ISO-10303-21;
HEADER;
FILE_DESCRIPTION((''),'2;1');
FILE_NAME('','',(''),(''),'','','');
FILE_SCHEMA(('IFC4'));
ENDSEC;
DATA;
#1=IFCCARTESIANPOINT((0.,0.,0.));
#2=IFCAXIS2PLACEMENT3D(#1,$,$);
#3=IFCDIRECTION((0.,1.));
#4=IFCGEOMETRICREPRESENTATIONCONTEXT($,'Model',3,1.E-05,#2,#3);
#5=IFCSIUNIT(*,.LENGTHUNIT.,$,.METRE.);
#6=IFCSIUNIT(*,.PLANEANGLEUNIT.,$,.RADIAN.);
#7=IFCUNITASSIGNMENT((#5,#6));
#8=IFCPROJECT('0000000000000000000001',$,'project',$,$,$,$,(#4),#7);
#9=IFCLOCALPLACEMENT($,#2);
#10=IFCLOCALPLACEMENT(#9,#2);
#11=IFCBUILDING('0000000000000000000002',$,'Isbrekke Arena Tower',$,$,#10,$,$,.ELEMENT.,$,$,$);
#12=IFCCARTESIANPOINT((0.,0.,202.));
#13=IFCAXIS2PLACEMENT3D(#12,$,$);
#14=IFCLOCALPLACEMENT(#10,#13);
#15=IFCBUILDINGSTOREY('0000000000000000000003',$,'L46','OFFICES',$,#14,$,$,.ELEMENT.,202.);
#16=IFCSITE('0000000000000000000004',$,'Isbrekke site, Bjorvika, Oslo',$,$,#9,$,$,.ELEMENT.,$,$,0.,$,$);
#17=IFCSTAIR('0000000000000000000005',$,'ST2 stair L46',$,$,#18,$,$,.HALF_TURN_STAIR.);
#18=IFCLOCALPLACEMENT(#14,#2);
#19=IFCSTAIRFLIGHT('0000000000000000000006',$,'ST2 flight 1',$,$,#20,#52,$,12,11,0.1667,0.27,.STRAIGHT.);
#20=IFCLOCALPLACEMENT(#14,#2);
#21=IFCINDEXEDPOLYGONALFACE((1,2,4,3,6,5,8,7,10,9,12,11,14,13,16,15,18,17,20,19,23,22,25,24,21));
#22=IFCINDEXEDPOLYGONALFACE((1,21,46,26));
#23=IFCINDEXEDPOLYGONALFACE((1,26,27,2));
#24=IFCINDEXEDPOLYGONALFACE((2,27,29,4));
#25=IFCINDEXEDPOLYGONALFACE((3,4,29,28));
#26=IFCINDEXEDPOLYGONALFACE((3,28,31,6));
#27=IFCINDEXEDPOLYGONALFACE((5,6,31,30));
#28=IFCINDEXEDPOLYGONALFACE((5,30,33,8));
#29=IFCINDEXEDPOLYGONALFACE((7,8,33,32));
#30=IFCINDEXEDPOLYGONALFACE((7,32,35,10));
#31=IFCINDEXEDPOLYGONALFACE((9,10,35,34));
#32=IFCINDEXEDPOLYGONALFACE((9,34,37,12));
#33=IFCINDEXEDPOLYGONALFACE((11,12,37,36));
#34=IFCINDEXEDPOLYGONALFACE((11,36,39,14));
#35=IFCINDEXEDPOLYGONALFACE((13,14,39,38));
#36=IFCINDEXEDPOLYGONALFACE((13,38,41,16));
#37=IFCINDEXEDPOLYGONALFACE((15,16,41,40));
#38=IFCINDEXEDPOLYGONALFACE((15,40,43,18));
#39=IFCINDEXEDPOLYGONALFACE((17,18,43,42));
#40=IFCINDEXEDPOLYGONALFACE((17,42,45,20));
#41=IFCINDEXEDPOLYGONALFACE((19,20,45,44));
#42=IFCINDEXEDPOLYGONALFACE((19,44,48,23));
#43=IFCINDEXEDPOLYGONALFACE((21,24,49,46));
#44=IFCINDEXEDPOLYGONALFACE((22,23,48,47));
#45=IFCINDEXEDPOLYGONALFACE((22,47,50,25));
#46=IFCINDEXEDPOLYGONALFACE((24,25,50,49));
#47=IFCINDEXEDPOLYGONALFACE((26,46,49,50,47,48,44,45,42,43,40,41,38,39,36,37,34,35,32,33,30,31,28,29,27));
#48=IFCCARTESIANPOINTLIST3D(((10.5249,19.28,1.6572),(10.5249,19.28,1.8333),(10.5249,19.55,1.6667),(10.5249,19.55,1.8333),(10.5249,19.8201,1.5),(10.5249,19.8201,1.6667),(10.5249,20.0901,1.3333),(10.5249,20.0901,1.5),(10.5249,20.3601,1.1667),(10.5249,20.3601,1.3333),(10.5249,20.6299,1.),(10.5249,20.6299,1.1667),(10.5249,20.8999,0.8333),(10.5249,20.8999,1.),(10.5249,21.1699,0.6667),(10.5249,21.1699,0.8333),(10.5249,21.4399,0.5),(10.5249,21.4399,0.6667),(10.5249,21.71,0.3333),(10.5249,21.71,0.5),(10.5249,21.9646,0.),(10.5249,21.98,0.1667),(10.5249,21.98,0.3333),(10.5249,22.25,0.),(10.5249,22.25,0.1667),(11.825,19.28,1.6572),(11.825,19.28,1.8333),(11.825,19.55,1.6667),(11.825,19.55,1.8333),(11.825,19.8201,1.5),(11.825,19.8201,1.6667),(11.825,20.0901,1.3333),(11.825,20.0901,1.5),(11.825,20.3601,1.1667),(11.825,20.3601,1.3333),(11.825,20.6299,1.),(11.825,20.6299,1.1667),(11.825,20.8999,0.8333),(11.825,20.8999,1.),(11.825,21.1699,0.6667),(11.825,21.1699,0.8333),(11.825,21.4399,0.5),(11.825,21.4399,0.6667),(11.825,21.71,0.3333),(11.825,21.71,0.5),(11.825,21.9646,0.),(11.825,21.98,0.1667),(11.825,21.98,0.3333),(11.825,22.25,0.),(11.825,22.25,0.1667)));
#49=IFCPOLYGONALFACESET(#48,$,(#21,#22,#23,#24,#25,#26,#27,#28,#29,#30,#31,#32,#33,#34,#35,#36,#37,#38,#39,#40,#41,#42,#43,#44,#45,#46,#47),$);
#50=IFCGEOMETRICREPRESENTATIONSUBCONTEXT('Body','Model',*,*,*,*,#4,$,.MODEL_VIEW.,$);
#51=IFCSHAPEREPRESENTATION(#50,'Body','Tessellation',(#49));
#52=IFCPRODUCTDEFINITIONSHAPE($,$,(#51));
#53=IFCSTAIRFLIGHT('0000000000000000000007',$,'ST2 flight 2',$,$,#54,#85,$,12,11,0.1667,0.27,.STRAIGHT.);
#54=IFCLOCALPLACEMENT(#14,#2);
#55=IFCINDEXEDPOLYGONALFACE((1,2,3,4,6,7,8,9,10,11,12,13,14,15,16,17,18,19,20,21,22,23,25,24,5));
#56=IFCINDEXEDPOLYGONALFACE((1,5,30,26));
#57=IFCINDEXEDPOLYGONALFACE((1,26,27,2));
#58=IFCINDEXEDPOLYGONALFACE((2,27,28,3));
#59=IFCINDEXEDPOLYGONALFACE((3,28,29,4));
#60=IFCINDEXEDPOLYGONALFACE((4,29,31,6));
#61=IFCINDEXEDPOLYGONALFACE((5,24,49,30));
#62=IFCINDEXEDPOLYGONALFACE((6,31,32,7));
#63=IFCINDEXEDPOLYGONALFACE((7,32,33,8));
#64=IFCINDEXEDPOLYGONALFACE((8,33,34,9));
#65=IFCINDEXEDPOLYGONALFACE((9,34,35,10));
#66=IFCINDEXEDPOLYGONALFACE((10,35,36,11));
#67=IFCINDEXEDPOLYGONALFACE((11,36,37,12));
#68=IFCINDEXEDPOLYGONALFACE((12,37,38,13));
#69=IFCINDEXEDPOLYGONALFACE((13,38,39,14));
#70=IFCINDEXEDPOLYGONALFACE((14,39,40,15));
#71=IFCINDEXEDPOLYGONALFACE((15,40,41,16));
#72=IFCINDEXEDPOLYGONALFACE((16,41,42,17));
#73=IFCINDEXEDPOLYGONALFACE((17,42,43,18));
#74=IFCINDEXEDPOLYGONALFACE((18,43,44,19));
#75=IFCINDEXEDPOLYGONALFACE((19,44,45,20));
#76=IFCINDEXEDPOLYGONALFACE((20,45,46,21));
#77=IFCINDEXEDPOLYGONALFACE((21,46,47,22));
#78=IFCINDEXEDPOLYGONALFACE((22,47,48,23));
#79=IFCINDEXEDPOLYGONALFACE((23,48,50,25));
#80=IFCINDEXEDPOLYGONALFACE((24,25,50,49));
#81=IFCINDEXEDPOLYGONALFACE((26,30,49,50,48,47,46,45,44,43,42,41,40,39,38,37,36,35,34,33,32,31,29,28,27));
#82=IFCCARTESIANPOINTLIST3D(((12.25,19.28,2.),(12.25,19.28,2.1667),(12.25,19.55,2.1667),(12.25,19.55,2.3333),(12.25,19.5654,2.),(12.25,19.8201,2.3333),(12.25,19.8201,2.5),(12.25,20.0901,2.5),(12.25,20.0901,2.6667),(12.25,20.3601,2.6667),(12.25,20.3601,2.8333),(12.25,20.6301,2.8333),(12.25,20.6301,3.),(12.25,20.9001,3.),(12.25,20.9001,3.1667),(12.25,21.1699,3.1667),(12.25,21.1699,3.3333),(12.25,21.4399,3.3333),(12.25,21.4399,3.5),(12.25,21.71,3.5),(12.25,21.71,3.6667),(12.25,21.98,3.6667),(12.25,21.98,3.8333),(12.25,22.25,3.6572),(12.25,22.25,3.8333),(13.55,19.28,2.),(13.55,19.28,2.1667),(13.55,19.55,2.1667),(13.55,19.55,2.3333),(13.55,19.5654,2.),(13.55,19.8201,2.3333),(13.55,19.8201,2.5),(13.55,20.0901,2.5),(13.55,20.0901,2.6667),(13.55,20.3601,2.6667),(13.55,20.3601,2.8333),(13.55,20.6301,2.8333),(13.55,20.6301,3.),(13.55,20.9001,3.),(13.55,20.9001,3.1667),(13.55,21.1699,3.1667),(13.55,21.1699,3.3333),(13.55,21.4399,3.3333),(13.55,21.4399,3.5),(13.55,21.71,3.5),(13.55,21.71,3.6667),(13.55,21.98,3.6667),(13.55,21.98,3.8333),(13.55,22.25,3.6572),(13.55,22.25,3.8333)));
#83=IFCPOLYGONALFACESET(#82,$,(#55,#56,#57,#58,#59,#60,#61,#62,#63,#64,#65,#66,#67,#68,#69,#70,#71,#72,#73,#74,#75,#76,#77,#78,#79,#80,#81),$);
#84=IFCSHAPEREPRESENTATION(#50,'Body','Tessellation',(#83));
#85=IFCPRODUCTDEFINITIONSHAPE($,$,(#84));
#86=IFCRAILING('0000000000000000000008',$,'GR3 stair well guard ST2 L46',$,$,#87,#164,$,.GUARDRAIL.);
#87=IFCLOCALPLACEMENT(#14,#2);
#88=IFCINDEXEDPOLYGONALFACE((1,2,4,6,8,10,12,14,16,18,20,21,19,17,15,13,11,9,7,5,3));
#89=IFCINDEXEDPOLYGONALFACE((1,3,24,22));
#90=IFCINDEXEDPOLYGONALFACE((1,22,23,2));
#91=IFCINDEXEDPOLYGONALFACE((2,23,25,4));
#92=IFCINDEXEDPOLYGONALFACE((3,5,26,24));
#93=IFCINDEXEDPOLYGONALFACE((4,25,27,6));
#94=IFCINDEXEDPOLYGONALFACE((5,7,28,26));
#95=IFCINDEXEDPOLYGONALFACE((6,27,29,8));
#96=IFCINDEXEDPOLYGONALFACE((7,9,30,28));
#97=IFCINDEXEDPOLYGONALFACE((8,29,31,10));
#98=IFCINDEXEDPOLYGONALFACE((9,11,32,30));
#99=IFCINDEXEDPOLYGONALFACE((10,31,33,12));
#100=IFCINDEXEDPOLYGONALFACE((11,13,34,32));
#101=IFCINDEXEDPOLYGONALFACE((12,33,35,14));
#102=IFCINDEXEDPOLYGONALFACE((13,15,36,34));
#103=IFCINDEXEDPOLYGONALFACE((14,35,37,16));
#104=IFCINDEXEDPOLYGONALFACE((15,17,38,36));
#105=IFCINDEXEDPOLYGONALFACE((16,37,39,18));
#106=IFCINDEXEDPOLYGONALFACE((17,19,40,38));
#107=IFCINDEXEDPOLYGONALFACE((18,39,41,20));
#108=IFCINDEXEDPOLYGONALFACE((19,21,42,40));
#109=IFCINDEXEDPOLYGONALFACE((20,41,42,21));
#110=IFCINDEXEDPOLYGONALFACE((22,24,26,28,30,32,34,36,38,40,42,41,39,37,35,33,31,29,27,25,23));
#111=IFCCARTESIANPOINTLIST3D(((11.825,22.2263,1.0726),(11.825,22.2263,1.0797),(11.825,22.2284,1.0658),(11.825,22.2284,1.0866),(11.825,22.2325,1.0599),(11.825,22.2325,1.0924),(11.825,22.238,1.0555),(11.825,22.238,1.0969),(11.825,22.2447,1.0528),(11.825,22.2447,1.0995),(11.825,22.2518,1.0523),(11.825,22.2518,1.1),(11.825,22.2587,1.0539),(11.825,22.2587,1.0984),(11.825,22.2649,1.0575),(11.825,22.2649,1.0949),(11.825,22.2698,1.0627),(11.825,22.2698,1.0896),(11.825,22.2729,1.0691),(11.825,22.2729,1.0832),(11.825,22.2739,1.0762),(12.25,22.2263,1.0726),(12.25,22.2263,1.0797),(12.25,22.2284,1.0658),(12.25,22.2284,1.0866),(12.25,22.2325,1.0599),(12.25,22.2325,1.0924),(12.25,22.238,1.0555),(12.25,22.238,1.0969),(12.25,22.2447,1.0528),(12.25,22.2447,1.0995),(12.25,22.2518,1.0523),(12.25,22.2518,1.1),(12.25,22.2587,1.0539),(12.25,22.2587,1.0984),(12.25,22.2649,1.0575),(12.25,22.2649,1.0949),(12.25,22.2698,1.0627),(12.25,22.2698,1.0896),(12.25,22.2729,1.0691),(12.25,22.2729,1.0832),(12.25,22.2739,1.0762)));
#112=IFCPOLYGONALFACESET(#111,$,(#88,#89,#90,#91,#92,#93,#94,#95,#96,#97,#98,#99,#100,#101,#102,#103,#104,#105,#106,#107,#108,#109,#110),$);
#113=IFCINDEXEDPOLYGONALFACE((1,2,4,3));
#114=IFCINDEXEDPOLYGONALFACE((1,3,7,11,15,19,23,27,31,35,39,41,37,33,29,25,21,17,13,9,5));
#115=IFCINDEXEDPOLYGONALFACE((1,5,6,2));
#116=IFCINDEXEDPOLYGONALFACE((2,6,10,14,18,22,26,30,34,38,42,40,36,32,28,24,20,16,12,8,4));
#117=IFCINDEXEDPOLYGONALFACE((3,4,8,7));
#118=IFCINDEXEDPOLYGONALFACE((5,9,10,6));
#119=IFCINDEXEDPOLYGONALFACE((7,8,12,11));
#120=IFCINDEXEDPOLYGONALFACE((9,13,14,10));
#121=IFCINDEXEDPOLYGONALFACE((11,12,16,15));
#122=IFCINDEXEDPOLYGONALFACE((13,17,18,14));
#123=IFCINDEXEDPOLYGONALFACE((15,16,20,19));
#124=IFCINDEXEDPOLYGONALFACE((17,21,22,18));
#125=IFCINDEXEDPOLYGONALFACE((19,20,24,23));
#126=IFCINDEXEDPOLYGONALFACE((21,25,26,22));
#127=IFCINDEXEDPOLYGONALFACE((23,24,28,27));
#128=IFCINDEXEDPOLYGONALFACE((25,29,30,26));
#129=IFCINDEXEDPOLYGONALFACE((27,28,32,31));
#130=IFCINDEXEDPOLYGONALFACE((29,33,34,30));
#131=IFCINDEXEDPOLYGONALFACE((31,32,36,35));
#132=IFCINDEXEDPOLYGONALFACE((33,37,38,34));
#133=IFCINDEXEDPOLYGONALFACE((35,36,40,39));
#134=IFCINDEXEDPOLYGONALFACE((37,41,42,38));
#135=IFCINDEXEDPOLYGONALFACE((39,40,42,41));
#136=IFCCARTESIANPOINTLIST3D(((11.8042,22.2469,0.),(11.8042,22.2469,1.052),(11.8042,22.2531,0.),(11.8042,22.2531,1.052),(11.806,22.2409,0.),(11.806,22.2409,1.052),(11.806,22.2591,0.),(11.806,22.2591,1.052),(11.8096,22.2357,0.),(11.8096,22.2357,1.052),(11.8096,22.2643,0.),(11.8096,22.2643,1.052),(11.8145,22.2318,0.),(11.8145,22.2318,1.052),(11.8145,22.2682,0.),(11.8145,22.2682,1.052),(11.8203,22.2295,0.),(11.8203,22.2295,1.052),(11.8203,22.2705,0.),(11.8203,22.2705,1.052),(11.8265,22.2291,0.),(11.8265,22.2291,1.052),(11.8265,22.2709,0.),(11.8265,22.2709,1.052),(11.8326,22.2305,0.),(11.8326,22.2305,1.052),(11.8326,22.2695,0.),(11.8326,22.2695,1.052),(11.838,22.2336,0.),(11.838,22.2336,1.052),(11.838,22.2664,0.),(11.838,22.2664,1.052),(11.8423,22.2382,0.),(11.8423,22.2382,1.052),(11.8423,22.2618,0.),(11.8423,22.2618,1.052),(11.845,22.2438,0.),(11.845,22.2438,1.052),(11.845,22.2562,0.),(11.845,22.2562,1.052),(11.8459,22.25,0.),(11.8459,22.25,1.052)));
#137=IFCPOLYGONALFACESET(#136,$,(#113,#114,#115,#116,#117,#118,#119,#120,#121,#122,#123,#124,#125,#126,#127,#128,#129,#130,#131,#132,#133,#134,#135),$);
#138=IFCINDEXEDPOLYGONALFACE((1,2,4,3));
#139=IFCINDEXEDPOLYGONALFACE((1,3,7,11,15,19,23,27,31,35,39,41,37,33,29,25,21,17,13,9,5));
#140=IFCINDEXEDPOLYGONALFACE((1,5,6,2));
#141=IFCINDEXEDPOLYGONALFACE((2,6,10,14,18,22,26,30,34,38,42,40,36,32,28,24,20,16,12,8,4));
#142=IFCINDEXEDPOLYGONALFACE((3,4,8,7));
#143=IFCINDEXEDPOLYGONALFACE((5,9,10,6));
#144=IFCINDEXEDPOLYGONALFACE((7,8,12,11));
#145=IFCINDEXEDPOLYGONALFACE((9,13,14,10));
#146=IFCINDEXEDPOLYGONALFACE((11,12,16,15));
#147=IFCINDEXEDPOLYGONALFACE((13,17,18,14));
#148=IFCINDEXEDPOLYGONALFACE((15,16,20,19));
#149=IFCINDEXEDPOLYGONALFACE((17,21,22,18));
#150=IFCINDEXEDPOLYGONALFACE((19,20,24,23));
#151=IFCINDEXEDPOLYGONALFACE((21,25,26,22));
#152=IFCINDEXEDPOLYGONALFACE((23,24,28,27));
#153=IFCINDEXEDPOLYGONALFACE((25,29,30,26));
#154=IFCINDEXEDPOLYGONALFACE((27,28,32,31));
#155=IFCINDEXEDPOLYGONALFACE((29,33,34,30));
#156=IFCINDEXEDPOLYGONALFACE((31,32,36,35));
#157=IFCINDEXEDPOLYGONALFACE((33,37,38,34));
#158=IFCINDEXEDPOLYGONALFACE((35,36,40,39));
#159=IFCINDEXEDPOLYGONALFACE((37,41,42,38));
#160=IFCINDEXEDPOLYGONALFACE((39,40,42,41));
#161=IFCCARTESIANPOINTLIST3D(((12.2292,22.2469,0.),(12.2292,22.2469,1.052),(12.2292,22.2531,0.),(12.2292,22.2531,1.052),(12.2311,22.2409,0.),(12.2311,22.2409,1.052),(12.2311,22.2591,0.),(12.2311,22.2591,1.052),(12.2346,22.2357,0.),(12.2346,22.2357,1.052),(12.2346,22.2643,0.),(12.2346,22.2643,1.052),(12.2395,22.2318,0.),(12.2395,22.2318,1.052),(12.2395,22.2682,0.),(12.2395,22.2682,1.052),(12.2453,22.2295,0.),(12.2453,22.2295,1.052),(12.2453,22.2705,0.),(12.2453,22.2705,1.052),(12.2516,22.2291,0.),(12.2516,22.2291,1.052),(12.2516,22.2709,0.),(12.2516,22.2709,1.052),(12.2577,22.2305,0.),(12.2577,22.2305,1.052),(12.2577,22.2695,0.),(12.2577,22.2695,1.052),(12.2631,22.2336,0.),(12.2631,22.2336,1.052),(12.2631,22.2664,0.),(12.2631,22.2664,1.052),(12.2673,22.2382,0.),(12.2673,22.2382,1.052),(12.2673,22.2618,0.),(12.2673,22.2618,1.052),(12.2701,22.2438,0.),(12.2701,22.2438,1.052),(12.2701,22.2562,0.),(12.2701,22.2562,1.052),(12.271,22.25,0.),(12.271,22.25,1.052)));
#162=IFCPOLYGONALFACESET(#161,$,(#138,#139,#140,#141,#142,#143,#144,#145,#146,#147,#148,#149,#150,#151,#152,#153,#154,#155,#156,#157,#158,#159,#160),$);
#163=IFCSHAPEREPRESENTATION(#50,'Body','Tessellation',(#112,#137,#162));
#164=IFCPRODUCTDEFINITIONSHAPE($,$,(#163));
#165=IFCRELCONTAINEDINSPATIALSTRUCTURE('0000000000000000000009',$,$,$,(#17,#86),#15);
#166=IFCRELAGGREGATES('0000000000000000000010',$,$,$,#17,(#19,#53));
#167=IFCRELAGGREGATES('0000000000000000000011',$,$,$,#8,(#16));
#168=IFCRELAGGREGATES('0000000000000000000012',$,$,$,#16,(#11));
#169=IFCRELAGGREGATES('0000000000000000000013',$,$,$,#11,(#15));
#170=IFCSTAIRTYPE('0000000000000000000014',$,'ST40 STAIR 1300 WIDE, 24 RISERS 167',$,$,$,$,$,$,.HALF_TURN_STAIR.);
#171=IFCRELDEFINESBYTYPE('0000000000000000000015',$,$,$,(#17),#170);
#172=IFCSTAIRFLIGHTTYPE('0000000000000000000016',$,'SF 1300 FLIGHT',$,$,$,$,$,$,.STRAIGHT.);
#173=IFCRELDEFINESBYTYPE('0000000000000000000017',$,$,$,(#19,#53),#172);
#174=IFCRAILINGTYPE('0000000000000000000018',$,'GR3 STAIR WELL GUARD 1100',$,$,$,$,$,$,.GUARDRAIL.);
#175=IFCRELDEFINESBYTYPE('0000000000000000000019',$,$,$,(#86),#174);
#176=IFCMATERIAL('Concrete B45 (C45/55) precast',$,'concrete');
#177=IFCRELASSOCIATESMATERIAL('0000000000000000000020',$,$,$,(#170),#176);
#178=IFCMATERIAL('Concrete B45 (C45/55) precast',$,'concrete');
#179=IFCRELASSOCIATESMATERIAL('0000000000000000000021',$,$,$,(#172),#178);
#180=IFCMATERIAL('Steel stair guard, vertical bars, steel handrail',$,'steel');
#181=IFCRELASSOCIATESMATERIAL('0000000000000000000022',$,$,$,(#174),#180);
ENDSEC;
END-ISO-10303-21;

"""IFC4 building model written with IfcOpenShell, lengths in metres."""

from ifc_helpers import new_model, si_unit, direction, frame, origin, origin_2d, place, context, subcontext, project, spatial, polyline, circle, outline, extrude, material, type_object, element, aggregate, save


model = new_model("IFC4")

# Units and contexts
model_context = context("Model", 3, precision=1e-05, world=origin(), true_north=direction((0.0, 1.0)))
body_context = subcontext(model_context, "Body", "Model", "MODEL_VIEW")
ifc_project = project(units=[si_unit("LENGTHUNIT", "METRE"), si_unit("PLANEANGLEUNIT", "RADIAN")], contexts=[model_context])

# Site, building, storey
site_placement = place(None, origin())
site = spatial("IfcSite", under=ifc_project, at=site_placement, Name="Isbrekke site, Bjorvika, Oslo", CompositionType="ELEMENT", RefElevation=0.0)
building_placement = place(site_placement, origin())
building = spatial("IfcBuilding", under=site, at=building_placement, Name="Isbrekke Arena Tower", CompositionType="ELEMENT")
storey_placement = place(building_placement, frame((0.0, 0.0, 202.0)))
storey = spatial("IfcBuildingStorey", under=building, at=storey_placement, Name="L46", Description="OFFICES", CompositionType="ELEMENT", Elevation=202.0)

# Stair, stair flights
ifc_material_1 = material(Name="Concrete B45 (C45/55) precast", Category="concrete")
stair_type = type_object("IfcStairType", Name="ST40 STAIR 1300 WIDE, 24 RISERS 167", PredefinedType="HALF_TURN_STAIR", material=ifc_material_1)
stair_placement = place(storey_placement, origin())
stair = element("IfcStair", 1, at=stair_placement, inside=storey, type_object=stair_type, Name="ST2 stair L46", PredefinedType="HALF_TURN_STAIR")
ifc_material_2 = material(Name="Concrete B45 (C45/55) precast", Category="concrete")
stair_flight_type = type_object("IfcStairFlightType", Name="SF 1300 FLIGHT", PredefinedType="STRAIGHT", material=ifc_material_2)
stair_flight_1_placement = place(storey_placement, frame((11.175, 22.25, 0.0), z_axis=(0.0, 0.0, 1.0), x_axis=(0.0, -1.0, 0.0)))
stair_flight_1 = element("IfcStairFlight", 2, at=stair_flight_1_placement, type_object=stair_flight_type, Name="ST2 flight 1", NumberOfRisers=12, NumberOfTreads=11, PredefinedType="STRAIGHT", RiserHeight=0.1667, TreadLength=0.27, context=body_context, shape_type="SweptSolid", body=[
    extrude(outline(polyline([(0.0, 0.0), (0.0, 0.1667), (0.27, 0.1667), (0.27, 0.3333), (0.54, 0.3333), (0.54, 0.5), (0.8101, 0.5), (0.8101, 0.6667), (1.0801, 0.6667), (1.0801, 0.8333), (1.3501, 0.8333), (1.3501, 1.0), (1.6201, 1.0), (1.6201, 1.1667), (1.8899, 1.1667), (1.8899, 1.3333), (2.1599, 1.3333), (2.1599, 1.5), (2.4299, 1.5), (2.4299, 1.6667), (2.7, 1.6667), (2.7, 1.8333), (2.97, 1.8333), (2.97, 2.0), (2.97, 1.6572), (0.2854, 0.0), (0.0, 0.0)])), frame((0.0, 0.6499, 0.0), z_axis=(0.0, -1.0, 0.0), x_axis=(1.0, 0.0, 0.0)), (0.0, 0.0, 1.0), 1.3),
])
stair_flight_2_placement = place(storey_placement, frame((12.8999, 19.28, 2.0), z_axis=(0.0, 0.0, 1.0), x_axis=(0.0, 1.0, 0.0)))
stair_flight_2 = element("IfcStairFlight", 3, at=stair_flight_2_placement, type_object=stair_flight_type, Name="ST2 flight 2", NumberOfRisers=12, NumberOfTreads=11, PredefinedType="STRAIGHT", RiserHeight=0.1667, TreadLength=0.27, context=body_context, shape_type="SweptSolid", body=[
    extrude(outline(polyline([(0.0, 0.0), (0.0, 0.1667), (0.27, 0.1667), (0.27, 0.3333), (0.54, 0.3333), (0.54, 0.5), (0.8101, 0.5), (0.8101, 0.6667), (1.0801, 0.6667), (1.0801, 0.8333), (1.3501, 0.8333), (1.3501, 1.0), (1.6201, 1.0), (1.6201, 1.1667), (1.8899, 1.1667), (1.8899, 1.3333), (2.1599, 1.3333), (2.1599, 1.5), (2.4299, 1.5), (2.4299, 1.6667), (2.7, 1.6667), (2.7, 1.8333), (2.97, 1.8333), (2.97, 2.0), (2.97, 1.6572), (0.2854, 0.0), (0.0, 0.0)])), frame((0.0, 0.6499, 0.0), z_axis=(0.0, -1.0, 0.0), x_axis=(1.0, 0.0, 0.0)), (0.0, 0.0, 1.0), 1.3),
])
aggregate(stair, [stair_flight_1, stair_flight_2])

# Railing
ifc_material_3 = material(Name="Steel stair guard, vertical bars, steel handrail", Category="steel")
railing_type = type_object("IfcRailingType", Name="GR3 STAIR WELL GUARD 1100", PredefinedType="GUARDRAIL", material=ifc_material_3)
for number, where, name in (
    (4, (11.825, 22.25, 0.0), "GR3 stair well guard ST2 L46"),
):
    element("IfcRailing", number, at=place(storey_placement, frame(where)), inside=storey, type_object=railing_type, Name=name, PredefinedType="GUARDRAIL", context=body_context, shape_type="SweptSolid", body=[
        extrude(circle(Radius=0.0239, at=origin_2d()), frame((0.0, 0.0, 1.0762), z_axis=(1.0, 0.0, 0.0), x_axis=(0.0, 1.0, 0.0)), (0.0, 0.0, 1.0), 0.425),
        extrude(circle(Radius=0.021, at=origin_2d()), origin(), (0.0, 0.0, 1.0), 1.052),
        extrude(circle(Radius=0.021, at=origin_2d()), frame((0.425, 0.0, 0.0)), (0.0, 0.0, 1.0), 1.052),
    ])

save(model, "model.ifc")
